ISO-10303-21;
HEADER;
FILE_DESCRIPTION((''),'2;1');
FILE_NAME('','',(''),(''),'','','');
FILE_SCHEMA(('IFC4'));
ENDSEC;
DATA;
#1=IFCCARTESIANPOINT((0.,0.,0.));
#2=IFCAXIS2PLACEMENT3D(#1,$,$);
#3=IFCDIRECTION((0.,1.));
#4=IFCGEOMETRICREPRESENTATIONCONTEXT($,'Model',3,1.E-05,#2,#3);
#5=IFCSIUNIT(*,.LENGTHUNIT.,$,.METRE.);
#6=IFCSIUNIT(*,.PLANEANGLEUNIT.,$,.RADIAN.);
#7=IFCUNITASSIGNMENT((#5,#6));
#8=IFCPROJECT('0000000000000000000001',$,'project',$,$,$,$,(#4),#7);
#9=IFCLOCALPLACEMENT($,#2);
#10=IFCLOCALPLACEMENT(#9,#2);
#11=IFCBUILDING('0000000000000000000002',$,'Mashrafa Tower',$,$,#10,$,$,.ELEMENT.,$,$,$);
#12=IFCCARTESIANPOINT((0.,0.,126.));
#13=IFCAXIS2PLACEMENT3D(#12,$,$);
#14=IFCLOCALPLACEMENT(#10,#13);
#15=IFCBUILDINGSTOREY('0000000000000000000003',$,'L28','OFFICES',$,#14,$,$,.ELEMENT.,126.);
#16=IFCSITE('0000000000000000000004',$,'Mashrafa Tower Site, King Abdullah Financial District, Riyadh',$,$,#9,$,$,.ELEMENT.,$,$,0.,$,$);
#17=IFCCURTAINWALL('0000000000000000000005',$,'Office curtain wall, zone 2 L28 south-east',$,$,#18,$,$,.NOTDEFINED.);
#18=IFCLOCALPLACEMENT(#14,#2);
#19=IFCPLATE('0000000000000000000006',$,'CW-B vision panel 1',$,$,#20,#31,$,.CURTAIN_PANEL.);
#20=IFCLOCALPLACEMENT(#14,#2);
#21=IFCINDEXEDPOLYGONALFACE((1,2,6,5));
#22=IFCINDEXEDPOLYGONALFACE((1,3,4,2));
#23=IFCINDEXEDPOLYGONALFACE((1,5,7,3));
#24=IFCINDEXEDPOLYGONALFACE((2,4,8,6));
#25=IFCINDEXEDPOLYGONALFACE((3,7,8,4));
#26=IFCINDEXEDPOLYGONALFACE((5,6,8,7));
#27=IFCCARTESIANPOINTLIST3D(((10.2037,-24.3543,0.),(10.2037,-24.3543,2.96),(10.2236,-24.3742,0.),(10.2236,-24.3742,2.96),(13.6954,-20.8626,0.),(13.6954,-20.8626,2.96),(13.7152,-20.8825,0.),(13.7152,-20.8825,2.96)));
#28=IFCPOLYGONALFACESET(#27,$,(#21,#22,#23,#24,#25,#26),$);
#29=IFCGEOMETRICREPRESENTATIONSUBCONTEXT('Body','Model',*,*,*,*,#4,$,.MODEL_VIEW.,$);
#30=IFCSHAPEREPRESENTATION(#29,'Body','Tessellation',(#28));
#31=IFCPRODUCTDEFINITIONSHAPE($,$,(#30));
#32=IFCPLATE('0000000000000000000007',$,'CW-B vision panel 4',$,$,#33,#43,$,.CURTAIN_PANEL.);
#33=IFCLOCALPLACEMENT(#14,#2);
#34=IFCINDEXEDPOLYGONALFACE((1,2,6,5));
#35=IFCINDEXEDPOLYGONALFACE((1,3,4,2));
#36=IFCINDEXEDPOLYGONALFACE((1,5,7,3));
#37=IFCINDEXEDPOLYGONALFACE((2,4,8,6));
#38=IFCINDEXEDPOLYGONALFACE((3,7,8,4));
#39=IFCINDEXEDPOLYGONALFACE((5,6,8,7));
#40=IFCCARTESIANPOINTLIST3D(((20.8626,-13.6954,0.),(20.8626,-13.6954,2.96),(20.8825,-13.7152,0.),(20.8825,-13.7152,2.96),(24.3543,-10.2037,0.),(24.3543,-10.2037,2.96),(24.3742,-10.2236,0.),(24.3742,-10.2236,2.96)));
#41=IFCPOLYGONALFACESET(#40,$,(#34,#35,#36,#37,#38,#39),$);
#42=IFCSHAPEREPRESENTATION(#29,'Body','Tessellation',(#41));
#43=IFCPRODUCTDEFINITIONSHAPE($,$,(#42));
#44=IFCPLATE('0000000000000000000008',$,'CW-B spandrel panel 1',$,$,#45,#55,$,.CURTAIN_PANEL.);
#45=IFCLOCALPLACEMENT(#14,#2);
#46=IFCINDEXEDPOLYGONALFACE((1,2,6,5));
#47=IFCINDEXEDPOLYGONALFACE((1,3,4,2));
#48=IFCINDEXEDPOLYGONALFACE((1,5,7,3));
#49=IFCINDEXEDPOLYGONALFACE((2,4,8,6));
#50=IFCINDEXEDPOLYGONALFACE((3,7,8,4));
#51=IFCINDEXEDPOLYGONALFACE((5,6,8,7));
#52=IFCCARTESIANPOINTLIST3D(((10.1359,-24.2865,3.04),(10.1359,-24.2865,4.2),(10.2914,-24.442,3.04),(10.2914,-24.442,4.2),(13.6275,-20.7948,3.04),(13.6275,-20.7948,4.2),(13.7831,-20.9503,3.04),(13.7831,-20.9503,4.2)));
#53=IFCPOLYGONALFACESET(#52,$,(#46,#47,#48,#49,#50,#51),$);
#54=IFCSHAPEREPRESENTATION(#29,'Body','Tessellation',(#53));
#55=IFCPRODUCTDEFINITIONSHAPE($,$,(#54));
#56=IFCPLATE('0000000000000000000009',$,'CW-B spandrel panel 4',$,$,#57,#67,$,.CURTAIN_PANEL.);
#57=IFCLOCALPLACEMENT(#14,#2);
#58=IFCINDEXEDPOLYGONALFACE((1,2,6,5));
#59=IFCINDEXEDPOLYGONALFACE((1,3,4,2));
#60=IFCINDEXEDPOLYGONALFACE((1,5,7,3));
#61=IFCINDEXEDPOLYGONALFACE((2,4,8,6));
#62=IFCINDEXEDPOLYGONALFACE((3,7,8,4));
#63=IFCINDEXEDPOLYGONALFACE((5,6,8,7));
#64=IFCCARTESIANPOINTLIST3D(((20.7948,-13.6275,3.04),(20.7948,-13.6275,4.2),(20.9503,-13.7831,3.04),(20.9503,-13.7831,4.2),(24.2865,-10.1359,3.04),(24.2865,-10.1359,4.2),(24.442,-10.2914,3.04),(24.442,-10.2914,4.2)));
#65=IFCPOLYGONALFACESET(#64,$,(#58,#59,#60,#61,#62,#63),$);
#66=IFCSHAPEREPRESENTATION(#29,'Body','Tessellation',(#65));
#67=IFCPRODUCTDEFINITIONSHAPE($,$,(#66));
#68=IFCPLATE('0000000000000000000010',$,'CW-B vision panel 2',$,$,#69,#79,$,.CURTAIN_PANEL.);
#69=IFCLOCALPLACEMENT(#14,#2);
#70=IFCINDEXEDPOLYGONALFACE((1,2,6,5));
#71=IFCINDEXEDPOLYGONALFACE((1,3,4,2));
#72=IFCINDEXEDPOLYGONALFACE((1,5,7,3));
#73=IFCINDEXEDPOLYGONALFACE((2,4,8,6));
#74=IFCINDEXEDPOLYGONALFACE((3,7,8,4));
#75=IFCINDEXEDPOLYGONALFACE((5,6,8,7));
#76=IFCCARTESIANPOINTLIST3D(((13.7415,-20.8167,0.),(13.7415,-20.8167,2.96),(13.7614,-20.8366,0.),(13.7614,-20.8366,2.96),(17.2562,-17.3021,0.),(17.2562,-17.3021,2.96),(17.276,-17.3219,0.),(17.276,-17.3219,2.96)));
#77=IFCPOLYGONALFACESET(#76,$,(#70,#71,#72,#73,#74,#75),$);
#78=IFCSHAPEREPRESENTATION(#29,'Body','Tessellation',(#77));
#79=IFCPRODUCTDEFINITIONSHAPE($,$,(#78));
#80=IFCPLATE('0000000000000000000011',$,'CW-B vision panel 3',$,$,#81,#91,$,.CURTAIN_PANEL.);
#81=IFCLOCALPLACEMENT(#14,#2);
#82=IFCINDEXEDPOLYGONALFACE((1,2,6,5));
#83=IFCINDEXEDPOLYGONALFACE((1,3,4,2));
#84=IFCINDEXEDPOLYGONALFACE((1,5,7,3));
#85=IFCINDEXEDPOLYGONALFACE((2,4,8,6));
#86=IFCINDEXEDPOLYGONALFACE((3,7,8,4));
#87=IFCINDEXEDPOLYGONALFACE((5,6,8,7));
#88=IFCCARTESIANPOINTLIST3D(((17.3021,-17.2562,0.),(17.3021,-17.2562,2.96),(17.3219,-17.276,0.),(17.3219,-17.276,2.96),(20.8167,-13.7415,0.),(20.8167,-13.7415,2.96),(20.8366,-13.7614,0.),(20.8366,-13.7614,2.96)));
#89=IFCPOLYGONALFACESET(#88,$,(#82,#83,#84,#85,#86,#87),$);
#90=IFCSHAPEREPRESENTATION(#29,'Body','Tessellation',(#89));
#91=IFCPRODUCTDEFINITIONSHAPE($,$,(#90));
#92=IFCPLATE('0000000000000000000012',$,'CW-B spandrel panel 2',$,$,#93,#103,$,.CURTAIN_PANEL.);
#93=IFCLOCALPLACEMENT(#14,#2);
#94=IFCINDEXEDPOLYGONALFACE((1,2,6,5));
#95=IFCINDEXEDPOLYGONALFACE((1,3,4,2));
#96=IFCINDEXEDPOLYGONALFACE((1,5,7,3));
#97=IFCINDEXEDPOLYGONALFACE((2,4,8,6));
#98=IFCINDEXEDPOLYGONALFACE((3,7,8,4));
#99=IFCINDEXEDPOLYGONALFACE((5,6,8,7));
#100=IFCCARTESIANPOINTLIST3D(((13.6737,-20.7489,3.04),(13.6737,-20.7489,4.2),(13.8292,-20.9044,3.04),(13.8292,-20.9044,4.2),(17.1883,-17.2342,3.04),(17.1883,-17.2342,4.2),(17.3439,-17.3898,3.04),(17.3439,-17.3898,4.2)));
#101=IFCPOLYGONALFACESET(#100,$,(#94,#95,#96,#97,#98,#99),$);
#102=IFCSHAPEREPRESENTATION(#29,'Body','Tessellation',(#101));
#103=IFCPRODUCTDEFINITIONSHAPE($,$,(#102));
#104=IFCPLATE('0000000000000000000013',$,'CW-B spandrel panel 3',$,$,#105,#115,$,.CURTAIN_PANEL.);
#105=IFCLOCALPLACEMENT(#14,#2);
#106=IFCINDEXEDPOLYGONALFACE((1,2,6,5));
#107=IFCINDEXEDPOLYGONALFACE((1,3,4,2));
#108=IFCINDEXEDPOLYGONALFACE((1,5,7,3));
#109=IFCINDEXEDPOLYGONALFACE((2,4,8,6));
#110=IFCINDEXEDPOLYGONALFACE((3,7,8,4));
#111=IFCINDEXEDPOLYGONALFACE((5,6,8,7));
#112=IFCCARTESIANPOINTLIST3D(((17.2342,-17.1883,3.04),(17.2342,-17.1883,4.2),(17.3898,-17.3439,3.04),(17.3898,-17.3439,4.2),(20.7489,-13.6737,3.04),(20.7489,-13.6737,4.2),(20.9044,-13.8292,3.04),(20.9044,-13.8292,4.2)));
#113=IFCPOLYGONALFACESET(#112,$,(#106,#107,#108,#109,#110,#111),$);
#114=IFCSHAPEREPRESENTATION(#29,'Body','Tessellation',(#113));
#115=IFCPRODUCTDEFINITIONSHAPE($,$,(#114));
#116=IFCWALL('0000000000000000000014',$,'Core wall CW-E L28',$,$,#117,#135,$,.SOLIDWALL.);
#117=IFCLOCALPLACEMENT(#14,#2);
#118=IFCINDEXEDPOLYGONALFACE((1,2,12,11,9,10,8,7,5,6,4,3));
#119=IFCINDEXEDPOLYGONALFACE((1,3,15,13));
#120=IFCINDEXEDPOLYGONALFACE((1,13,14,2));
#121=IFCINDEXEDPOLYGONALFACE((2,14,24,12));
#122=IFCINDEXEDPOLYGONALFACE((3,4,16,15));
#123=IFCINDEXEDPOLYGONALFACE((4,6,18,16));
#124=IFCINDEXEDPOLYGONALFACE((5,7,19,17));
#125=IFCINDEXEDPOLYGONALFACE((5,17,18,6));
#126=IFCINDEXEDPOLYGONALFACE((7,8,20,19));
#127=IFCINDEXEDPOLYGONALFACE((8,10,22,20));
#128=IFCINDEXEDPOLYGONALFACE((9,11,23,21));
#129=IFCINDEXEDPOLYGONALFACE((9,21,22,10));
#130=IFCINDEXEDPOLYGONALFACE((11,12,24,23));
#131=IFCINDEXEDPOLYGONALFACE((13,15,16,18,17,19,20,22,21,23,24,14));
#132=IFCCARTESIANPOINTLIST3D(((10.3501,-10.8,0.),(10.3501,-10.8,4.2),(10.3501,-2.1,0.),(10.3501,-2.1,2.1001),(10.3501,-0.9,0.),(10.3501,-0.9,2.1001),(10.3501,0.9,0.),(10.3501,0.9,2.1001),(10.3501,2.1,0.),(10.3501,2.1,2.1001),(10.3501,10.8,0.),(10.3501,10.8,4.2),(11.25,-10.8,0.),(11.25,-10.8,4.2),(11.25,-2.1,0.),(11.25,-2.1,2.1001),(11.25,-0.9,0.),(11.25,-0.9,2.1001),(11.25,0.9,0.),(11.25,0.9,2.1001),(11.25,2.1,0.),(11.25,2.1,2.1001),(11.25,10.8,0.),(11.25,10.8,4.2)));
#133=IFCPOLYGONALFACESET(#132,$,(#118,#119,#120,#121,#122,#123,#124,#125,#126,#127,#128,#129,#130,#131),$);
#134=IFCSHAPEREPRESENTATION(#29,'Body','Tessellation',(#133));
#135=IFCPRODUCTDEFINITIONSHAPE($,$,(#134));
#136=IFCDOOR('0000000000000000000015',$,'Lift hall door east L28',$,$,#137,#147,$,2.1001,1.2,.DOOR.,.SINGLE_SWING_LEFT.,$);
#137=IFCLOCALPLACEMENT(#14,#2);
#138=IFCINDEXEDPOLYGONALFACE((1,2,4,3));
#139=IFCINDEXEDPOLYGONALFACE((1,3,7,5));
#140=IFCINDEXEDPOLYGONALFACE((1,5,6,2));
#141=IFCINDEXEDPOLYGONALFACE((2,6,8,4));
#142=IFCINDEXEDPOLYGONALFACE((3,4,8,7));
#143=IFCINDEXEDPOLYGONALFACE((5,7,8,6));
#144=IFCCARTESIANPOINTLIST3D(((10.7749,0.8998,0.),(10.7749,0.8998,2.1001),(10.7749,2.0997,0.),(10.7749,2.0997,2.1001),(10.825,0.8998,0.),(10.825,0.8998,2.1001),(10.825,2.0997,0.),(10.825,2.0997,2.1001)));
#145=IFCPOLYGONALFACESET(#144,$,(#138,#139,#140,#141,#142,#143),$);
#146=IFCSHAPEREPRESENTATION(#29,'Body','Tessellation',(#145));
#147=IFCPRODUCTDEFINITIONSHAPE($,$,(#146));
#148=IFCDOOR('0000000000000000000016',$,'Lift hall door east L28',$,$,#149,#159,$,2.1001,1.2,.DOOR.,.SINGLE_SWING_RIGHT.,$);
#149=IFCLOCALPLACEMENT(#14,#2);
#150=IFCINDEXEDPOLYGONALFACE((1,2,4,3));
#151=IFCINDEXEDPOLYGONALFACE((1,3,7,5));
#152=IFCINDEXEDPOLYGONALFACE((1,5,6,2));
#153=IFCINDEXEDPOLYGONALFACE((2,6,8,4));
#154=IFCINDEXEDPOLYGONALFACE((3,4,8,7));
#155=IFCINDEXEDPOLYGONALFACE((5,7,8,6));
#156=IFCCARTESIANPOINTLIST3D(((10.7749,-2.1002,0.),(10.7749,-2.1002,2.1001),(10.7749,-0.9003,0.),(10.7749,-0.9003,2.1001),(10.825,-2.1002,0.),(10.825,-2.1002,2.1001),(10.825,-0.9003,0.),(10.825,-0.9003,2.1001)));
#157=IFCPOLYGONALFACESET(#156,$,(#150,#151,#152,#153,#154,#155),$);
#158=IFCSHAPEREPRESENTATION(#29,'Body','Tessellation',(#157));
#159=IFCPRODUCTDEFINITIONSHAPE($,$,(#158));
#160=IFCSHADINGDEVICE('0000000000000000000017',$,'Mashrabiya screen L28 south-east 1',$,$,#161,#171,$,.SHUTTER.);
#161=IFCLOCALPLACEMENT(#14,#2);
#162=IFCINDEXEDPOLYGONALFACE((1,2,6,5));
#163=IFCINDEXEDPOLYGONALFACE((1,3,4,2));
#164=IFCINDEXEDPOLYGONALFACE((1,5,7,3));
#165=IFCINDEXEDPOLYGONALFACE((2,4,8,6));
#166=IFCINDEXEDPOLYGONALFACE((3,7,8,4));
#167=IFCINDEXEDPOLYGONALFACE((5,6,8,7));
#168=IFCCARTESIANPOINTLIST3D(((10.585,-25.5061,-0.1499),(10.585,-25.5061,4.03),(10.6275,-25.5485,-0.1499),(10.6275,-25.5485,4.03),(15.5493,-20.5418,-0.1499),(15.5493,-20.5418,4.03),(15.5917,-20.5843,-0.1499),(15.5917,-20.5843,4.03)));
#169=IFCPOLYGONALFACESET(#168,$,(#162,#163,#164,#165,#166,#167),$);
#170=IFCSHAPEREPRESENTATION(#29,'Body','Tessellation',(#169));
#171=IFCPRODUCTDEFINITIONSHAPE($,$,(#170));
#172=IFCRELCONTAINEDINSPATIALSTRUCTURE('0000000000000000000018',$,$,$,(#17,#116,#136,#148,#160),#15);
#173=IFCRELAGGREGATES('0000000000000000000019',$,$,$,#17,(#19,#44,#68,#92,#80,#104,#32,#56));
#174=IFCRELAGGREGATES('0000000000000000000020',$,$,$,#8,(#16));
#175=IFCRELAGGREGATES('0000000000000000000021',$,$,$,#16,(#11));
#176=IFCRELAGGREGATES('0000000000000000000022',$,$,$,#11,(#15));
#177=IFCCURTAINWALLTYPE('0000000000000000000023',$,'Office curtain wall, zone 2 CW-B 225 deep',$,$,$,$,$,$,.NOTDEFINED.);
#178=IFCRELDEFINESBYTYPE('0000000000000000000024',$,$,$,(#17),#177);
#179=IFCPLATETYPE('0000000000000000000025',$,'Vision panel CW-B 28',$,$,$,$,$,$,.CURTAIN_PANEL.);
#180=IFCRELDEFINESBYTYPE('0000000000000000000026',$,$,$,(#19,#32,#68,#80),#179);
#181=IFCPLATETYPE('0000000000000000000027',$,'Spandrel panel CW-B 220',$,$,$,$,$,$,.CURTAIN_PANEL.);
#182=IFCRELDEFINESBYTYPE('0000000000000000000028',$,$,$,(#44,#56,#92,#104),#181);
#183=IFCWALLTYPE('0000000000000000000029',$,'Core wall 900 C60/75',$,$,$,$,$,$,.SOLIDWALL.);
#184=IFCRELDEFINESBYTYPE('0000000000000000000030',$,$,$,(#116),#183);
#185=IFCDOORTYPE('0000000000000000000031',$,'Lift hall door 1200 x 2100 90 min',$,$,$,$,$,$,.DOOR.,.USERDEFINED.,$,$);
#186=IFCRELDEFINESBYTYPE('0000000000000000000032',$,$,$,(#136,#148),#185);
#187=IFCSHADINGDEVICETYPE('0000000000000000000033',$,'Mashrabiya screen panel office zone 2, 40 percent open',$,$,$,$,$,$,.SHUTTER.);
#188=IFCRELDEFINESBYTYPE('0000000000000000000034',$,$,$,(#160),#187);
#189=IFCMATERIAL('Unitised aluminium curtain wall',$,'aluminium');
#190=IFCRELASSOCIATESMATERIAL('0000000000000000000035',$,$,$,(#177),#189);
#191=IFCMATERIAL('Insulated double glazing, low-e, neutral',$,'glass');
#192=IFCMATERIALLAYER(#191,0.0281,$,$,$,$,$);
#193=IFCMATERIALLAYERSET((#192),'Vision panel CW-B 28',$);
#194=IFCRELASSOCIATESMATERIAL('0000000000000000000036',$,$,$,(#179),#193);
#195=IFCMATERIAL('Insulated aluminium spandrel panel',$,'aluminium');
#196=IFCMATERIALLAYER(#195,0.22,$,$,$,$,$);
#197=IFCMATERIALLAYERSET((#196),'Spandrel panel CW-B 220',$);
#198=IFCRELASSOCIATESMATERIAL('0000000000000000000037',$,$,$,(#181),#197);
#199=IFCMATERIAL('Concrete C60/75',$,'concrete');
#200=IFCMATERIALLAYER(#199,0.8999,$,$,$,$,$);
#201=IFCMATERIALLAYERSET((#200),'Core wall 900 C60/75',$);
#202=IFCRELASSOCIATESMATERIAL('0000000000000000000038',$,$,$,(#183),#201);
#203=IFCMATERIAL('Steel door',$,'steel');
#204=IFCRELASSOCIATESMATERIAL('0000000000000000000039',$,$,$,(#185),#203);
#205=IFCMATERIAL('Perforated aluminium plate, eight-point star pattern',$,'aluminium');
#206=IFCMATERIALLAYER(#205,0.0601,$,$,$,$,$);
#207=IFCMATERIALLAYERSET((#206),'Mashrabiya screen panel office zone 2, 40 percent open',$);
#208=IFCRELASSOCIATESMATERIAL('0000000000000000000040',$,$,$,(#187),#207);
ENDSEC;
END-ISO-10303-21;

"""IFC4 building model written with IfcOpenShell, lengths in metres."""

from ifc_helpers import new_model, si_unit, direction, frame, frame_2d, origin, origin_2d, place, context, subcontext, project, spatial, rectangle, extrude, source, transform, mapped, material, layer, layer_set, type_object, type_shapes, element, fill, aggregate, save


model = new_model("IFC4")

# Units and contexts
model_context = context("Model", 3, precision=1e-05, world=origin(), true_north=direction((0.0, 1.0)))
body_context = subcontext(model_context, "Body", "Model", "MODEL_VIEW")
ifc_project = project(units=[si_unit("LENGTHUNIT", "METRE"), si_unit("PLANEANGLEUNIT", "RADIAN")], contexts=[model_context])

# Site, building, storey
site_placement = place(None, origin())
site = spatial("IfcSite", under=ifc_project, at=site_placement, Name="Mashrafa Tower Site, King Abdullah Financial District, Riyadh", CompositionType="ELEMENT", RefElevation=0.0)
building_placement = place(site_placement, origin())
building = spatial("IfcBuilding", under=site, at=building_placement, Name="Mashrafa Tower", CompositionType="ELEMENT")
storey_placement = place(building_placement, frame((0.0, 0.0, 126.0)))
storey = spatial("IfcBuildingStorey", under=building, at=storey_placement, Name="L28", Description="OFFICES", CompositionType="ELEMENT", Elevation=126.0)

# Curtain wall, plates
ifc_material_1 = material(Name="Unitised aluminium curtain wall", Category="aluminium")
curtain_wall_type = type_object("IfcCurtainWallType", Name="Office curtain wall, zone 2 CW-B 225 deep", PredefinedType="NOTDEFINED", material=ifc_material_1)
curtain_wall_placement = place(storey_placement, origin())
curtain_wall = element("IfcCurtainWall", 1, at=curtain_wall_placement, inside=storey, type_object=curtain_wall_type, Name="Office curtain wall, zone 2 L28 south-east", PredefinedType="NOTDEFINED")
ifc_material_2 = material(Name="Insulated double glazing, low-e, neutral", Category="glass")
ifc_layer_1 = layer(ifc_material_2, 0.0281)
ifc_layer_set_1 = layer_set([ifc_layer_1], Name="Vision panel CW-B 28")
plate_type_1 = type_object("IfcPlateType", Name="Vision panel CW-B 28", PredefinedType="CURTAIN_PANEL", material=ifc_layer_set_1)
shared_shape_1 = source(origin(), body_context, "Body", "SweptSolid", [
    extrude(rectangle(XDim=4.938, YDim=0.0281, at=origin_2d()), origin(), (0.0, 0.0, 1.0), 2.96),
])
plate_1_placement = place(storey_placement, frame((11.9595, -22.6184, 0.0), z_axis=(0.0, 0.0, 1.0), x_axis=(0.707107, 0.707107, 0.0)))
plate_1 = element("IfcPlate", 2, at=plate_1_placement, type_object=plate_type_1, Name="CW-B vision panel 1", PredefinedType="CURTAIN_PANEL", context=body_context, shape_type="MappedRepresentation", body=[
    mapped(shared_shape_1, transform((0.0, 0.0, 0.0))),
])
plate_2_placement = place(storey_placement, frame((22.6184, -11.9595, 0.0), z_axis=(0.0, 0.0, 1.0), x_axis=(0.707107, 0.707107, 0.0)))
plate_2 = element("IfcPlate", 3, at=plate_2_placement, type_object=plate_type_1, Name="CW-B vision panel 4", PredefinedType="CURTAIN_PANEL", context=body_context, shape_type="MappedRepresentation", body=[
    mapped(shared_shape_1, transform((0.0, 0.0, 0.0))),
])
ifc_material_3 = material(Name="Insulated aluminium spandrel panel", Category="aluminium")
ifc_layer_2 = layer(ifc_material_3, 0.22)
ifc_layer_set_2 = layer_set([ifc_layer_2], Name="Spandrel panel CW-B 220")
plate_type_2 = type_object("IfcPlateType", Name="Spandrel panel CW-B 220", PredefinedType="CURTAIN_PANEL", material=ifc_layer_set_2)
shared_shape_2 = source(origin(), body_context, "Body", "SweptSolid", [
    extrude(rectangle(XDim=4.938, YDim=0.22, at=origin_2d()), origin(), (0.0, 0.0, 1.0), 1.1599),
])
plate_3_placement = place(storey_placement, frame((11.9595, -22.6184, 3.04), z_axis=(0.0, 0.0, 1.0), x_axis=(0.707107, 0.707107, 0.0)))
plate_3 = element("IfcPlate", 4, at=plate_3_placement, type_object=plate_type_2, Name="CW-B spandrel panel 1", PredefinedType="CURTAIN_PANEL", context=body_context, shape_type="MappedRepresentation", body=[
    mapped(shared_shape_2, transform((0.0, 0.0, 0.0))),
])
plate_4_placement = place(storey_placement, frame((22.6184, -11.9595, 3.04), z_axis=(0.0, 0.0, 1.0), x_axis=(0.707107, 0.707107, 0.0)))
plate_4 = element("IfcPlate", 5, at=plate_4_placement, type_object=plate_type_2, Name="CW-B spandrel panel 4", PredefinedType="CURTAIN_PANEL", context=body_context, shape_type="MappedRepresentation", body=[
    mapped(shared_shape_2, transform((0.0, 0.0, 0.0))),
])
shared_shape_3 = source(origin(), body_context, "Body", "SweptSolid", [
    extrude(rectangle(XDim=4.9705, YDim=0.0281, at=origin_2d()), origin(), (0.0, 0.0, 1.0), 2.96),
])
type_shapes(plate_type_1, [shared_shape_1, shared_shape_3])
plate_5_placement = place(storey_placement, frame((15.5088, -19.0693, 0.0), z_axis=(0.0, 0.0, 1.0), x_axis=(0.707107, 0.707107, 0.0)))
plate_5 = element("IfcPlate", 6, at=plate_5_placement, type_object=plate_type_1, Name="CW-B vision panel 2", PredefinedType="CURTAIN_PANEL", context=body_context, shape_type="MappedRepresentation", body=[
    mapped(shared_shape_3, transform((0.0, 0.0, 0.0))),
])
plate_6_placement = place(storey_placement, frame((19.0693, -15.5088, 0.0), z_axis=(0.0, 0.0, 1.0), x_axis=(0.707107, 0.707107, 0.0)))
plate_6 = element("IfcPlate", 7, at=plate_6_placement, type_object=plate_type_1, Name="CW-B vision panel 3", PredefinedType="CURTAIN_PANEL", context=body_context, shape_type="MappedRepresentation", body=[
    mapped(shared_shape_3, transform((0.0, 0.0, 0.0))),
])
shared_shape_4 = source(origin(), body_context, "Body", "SweptSolid", [
    extrude(rectangle(XDim=4.9705, YDim=0.22, at=origin_2d()), origin(), (0.0, 0.0, 1.0), 1.1599),
])
type_shapes(plate_type_2, [shared_shape_2, shared_shape_4])
plate_7_placement = place(storey_placement, frame((15.5088, -19.0693, 3.04), z_axis=(0.0, 0.0, 1.0), x_axis=(0.707107, 0.707107, 0.0)))
plate_7 = element("IfcPlate", 8, at=plate_7_placement, type_object=plate_type_2, Name="CW-B spandrel panel 2", PredefinedType="CURTAIN_PANEL", context=body_context, shape_type="MappedRepresentation", body=[
    mapped(shared_shape_4, transform((0.0, 0.0, 0.0))),
])
plate_8_placement = place(storey_placement, frame((19.0693, -15.5088, 3.04), z_axis=(0.0, 0.0, 1.0), x_axis=(0.707107, 0.707107, 0.0)))
plate_8 = element("IfcPlate", 9, at=plate_8_placement, type_object=plate_type_2, Name="CW-B spandrel panel 3", PredefinedType="CURTAIN_PANEL", context=body_context, shape_type="MappedRepresentation", body=[
    mapped(shared_shape_4, transform((0.0, 0.0, 0.0))),
])
aggregate(curtain_wall, [plate_1, plate_3, plate_5, plate_7, plate_6, plate_8, plate_2, plate_4])

# Wall, openings, doors
ifc_material_4 = material(Name="Concrete C60/75", Category="concrete")
ifc_layer_3 = layer(ifc_material_4, 0.8999)
ifc_layer_set_3 = layer_set([ifc_layer_3], Name="Core wall 900 C60/75")
wall_type_1 = type_object("IfcWallType", Name="Core wall 900 C60/75", PredefinedType="SOLIDWALL", material=ifc_layer_set_3)
wall_1_placement = place(storey_placement, frame((10.8, -10.8, 0.0), z_axis=(0.0, 0.0, 1.0), x_axis=(0.0, 1.0, 0.0)))
wall_1 = element("IfcWall", 10, at=wall_1_placement, inside=storey, type_object=wall_type_1, Name="Core wall CW-E L28", PredefinedType="SOLIDWALL", context=body_context, shape_type="SweptSolid", body=[
    extrude(rectangle(XDim=21.6001, YDim=0.8999, at=frame_2d((10.8, 0.0))), origin(), (0.0, 0.0, 1.0), 4.2),
])
opening_1_placement = place(wall_1_placement, frame((11.7, 0.0, 0.0)))
opening_1 = element("IfcOpeningElement", 11, at=opening_1_placement, cuts=wall_1, PredefinedType="OPENING", context=body_context, shape_type="SweptSolid", body=[
    extrude(rectangle(XDim=1.2, YDim=2.1001, at=frame_2d((0.6001, 1.05))), frame((0.0, 0.46, 0.0), z_axis=(0.0, -1.0, 0.0), x_axis=(1.0, 0.0, 0.0)), (0.0, 0.0, 1.0), 0.9199),
])
opening_2_placement = place(wall_1_placement, frame((8.7, 0.0, 0.0)))
opening_2 = element("IfcOpeningElement", 12, at=opening_2_placement, cuts=wall_1, PredefinedType="OPENING", context=body_context, shape_type="SweptSolid", body=[
    extrude(rectangle(XDim=1.2, YDim=2.1001, at=frame_2d((0.6001, 1.05))), frame((0.0, 0.46, 0.0), z_axis=(0.0, -1.0, 0.0), x_axis=(1.0, 0.0, 0.0)), (0.0, 0.0, 1.0), 0.9199),
])
ifc_material_5 = material(Name="Steel door", Category="steel")
door_type_1 = type_object("IfcDoorType", Name="Lift hall door 1200 x 2100 90 min", OperationType="USERDEFINED", PredefinedType="DOOR", material=ifc_material_5)
door_1_placement = place(opening_1_placement, frame((1.2, 0.0, 0.0), z_axis=(0.0, 0.0, 1.0), x_axis=(-1.0, 0.0, 0.0)))
door_1 = element("IfcDoor", 13, at=door_1_placement, inside=storey, type_object=door_type_1, Name="Lift hall door east L28", OperationType="SINGLE_SWING_LEFT", OverallHeight=2.1001, OverallWidth=1.2, PredefinedType="DOOR", context=body_context, shape_type="SweptSolid", body=[
    extrude(rectangle(XDim=1.2, YDim=2.1001, at=frame_2d((0.6001, 1.05))), frame((0.0, 0.0249, 0.0), z_axis=(0.0, -1.0, 0.0), x_axis=(1.0, 0.0, 0.0)), (0.0, 0.0, 1.0), 0.05),
])
fill(opening_1, door_1)
door_2_placement = place(opening_2_placement, frame((1.2, 0.0, 0.0), z_axis=(0.0, 0.0, 1.0), x_axis=(-1.0, 0.0, 0.0)))
door_2 = element("IfcDoor", 14, at=door_2_placement, inside=storey, type_object=door_type_1, Name="Lift hall door east L28", OperationType="SINGLE_SWING_RIGHT", OverallHeight=2.1001, OverallWidth=1.2, PredefinedType="DOOR", context=body_context, shape_type="SweptSolid", body=[
    extrude(rectangle(XDim=1.2, YDim=2.1001, at=frame_2d((0.6001, 1.05))), frame((0.0, 0.0249, 0.0), z_axis=(0.0, -1.0, 0.0), x_axis=(1.0, 0.0, 0.0)), (0.0, 0.0, 1.0), 0.05),
])
fill(opening_2, door_2)

# Shading device
ifc_material_6 = material(Name="Perforated aluminium plate, eight-point star pattern", Category="aluminium")
ifc_layer_4 = layer(ifc_material_6, 0.0601)
ifc_layer_set_4 = layer_set([ifc_layer_4], Name="Mashrabiya screen panel office zone 2, 40 percent open")
shading_device_type = type_object("IfcShadingDeviceType", Name="Mashrabiya screen panel office zone 2, 40 percent open", PredefinedType="SHUTTER", material=ifc_layer_set_4)
shared_shape_5 = source(origin(), body_context, "Body", "SweptSolid", [
    extrude(rectangle(XDim=7.0205, YDim=0.0601, at=origin_2d()), origin(), (0.0, 0.0, 1.0), 4.1799),
])
type_shapes(shading_device_type, [shared_shape_5])
for number, where, z_axis, x_axis, name in (
    (15, (13.0884, -23.0452, -0.1499), (0.0, 0.0, 1.0), (0.707107, 0.707107, 0.0), "Mashrabiya screen L28 south-east 1"),
):
    element("IfcShadingDevice", number, at=place(storey_placement, frame(where, z_axis=z_axis, x_axis=x_axis)), inside=storey, type_object=shading_device_type, Name=name, PredefinedType="SHUTTER", context=body_context, shape_type="MappedRepresentation", body=[
        mapped(shared_shape_5, transform((0.0, 0.0, 0.0))),
    ])

save(model, "model.ifc")
